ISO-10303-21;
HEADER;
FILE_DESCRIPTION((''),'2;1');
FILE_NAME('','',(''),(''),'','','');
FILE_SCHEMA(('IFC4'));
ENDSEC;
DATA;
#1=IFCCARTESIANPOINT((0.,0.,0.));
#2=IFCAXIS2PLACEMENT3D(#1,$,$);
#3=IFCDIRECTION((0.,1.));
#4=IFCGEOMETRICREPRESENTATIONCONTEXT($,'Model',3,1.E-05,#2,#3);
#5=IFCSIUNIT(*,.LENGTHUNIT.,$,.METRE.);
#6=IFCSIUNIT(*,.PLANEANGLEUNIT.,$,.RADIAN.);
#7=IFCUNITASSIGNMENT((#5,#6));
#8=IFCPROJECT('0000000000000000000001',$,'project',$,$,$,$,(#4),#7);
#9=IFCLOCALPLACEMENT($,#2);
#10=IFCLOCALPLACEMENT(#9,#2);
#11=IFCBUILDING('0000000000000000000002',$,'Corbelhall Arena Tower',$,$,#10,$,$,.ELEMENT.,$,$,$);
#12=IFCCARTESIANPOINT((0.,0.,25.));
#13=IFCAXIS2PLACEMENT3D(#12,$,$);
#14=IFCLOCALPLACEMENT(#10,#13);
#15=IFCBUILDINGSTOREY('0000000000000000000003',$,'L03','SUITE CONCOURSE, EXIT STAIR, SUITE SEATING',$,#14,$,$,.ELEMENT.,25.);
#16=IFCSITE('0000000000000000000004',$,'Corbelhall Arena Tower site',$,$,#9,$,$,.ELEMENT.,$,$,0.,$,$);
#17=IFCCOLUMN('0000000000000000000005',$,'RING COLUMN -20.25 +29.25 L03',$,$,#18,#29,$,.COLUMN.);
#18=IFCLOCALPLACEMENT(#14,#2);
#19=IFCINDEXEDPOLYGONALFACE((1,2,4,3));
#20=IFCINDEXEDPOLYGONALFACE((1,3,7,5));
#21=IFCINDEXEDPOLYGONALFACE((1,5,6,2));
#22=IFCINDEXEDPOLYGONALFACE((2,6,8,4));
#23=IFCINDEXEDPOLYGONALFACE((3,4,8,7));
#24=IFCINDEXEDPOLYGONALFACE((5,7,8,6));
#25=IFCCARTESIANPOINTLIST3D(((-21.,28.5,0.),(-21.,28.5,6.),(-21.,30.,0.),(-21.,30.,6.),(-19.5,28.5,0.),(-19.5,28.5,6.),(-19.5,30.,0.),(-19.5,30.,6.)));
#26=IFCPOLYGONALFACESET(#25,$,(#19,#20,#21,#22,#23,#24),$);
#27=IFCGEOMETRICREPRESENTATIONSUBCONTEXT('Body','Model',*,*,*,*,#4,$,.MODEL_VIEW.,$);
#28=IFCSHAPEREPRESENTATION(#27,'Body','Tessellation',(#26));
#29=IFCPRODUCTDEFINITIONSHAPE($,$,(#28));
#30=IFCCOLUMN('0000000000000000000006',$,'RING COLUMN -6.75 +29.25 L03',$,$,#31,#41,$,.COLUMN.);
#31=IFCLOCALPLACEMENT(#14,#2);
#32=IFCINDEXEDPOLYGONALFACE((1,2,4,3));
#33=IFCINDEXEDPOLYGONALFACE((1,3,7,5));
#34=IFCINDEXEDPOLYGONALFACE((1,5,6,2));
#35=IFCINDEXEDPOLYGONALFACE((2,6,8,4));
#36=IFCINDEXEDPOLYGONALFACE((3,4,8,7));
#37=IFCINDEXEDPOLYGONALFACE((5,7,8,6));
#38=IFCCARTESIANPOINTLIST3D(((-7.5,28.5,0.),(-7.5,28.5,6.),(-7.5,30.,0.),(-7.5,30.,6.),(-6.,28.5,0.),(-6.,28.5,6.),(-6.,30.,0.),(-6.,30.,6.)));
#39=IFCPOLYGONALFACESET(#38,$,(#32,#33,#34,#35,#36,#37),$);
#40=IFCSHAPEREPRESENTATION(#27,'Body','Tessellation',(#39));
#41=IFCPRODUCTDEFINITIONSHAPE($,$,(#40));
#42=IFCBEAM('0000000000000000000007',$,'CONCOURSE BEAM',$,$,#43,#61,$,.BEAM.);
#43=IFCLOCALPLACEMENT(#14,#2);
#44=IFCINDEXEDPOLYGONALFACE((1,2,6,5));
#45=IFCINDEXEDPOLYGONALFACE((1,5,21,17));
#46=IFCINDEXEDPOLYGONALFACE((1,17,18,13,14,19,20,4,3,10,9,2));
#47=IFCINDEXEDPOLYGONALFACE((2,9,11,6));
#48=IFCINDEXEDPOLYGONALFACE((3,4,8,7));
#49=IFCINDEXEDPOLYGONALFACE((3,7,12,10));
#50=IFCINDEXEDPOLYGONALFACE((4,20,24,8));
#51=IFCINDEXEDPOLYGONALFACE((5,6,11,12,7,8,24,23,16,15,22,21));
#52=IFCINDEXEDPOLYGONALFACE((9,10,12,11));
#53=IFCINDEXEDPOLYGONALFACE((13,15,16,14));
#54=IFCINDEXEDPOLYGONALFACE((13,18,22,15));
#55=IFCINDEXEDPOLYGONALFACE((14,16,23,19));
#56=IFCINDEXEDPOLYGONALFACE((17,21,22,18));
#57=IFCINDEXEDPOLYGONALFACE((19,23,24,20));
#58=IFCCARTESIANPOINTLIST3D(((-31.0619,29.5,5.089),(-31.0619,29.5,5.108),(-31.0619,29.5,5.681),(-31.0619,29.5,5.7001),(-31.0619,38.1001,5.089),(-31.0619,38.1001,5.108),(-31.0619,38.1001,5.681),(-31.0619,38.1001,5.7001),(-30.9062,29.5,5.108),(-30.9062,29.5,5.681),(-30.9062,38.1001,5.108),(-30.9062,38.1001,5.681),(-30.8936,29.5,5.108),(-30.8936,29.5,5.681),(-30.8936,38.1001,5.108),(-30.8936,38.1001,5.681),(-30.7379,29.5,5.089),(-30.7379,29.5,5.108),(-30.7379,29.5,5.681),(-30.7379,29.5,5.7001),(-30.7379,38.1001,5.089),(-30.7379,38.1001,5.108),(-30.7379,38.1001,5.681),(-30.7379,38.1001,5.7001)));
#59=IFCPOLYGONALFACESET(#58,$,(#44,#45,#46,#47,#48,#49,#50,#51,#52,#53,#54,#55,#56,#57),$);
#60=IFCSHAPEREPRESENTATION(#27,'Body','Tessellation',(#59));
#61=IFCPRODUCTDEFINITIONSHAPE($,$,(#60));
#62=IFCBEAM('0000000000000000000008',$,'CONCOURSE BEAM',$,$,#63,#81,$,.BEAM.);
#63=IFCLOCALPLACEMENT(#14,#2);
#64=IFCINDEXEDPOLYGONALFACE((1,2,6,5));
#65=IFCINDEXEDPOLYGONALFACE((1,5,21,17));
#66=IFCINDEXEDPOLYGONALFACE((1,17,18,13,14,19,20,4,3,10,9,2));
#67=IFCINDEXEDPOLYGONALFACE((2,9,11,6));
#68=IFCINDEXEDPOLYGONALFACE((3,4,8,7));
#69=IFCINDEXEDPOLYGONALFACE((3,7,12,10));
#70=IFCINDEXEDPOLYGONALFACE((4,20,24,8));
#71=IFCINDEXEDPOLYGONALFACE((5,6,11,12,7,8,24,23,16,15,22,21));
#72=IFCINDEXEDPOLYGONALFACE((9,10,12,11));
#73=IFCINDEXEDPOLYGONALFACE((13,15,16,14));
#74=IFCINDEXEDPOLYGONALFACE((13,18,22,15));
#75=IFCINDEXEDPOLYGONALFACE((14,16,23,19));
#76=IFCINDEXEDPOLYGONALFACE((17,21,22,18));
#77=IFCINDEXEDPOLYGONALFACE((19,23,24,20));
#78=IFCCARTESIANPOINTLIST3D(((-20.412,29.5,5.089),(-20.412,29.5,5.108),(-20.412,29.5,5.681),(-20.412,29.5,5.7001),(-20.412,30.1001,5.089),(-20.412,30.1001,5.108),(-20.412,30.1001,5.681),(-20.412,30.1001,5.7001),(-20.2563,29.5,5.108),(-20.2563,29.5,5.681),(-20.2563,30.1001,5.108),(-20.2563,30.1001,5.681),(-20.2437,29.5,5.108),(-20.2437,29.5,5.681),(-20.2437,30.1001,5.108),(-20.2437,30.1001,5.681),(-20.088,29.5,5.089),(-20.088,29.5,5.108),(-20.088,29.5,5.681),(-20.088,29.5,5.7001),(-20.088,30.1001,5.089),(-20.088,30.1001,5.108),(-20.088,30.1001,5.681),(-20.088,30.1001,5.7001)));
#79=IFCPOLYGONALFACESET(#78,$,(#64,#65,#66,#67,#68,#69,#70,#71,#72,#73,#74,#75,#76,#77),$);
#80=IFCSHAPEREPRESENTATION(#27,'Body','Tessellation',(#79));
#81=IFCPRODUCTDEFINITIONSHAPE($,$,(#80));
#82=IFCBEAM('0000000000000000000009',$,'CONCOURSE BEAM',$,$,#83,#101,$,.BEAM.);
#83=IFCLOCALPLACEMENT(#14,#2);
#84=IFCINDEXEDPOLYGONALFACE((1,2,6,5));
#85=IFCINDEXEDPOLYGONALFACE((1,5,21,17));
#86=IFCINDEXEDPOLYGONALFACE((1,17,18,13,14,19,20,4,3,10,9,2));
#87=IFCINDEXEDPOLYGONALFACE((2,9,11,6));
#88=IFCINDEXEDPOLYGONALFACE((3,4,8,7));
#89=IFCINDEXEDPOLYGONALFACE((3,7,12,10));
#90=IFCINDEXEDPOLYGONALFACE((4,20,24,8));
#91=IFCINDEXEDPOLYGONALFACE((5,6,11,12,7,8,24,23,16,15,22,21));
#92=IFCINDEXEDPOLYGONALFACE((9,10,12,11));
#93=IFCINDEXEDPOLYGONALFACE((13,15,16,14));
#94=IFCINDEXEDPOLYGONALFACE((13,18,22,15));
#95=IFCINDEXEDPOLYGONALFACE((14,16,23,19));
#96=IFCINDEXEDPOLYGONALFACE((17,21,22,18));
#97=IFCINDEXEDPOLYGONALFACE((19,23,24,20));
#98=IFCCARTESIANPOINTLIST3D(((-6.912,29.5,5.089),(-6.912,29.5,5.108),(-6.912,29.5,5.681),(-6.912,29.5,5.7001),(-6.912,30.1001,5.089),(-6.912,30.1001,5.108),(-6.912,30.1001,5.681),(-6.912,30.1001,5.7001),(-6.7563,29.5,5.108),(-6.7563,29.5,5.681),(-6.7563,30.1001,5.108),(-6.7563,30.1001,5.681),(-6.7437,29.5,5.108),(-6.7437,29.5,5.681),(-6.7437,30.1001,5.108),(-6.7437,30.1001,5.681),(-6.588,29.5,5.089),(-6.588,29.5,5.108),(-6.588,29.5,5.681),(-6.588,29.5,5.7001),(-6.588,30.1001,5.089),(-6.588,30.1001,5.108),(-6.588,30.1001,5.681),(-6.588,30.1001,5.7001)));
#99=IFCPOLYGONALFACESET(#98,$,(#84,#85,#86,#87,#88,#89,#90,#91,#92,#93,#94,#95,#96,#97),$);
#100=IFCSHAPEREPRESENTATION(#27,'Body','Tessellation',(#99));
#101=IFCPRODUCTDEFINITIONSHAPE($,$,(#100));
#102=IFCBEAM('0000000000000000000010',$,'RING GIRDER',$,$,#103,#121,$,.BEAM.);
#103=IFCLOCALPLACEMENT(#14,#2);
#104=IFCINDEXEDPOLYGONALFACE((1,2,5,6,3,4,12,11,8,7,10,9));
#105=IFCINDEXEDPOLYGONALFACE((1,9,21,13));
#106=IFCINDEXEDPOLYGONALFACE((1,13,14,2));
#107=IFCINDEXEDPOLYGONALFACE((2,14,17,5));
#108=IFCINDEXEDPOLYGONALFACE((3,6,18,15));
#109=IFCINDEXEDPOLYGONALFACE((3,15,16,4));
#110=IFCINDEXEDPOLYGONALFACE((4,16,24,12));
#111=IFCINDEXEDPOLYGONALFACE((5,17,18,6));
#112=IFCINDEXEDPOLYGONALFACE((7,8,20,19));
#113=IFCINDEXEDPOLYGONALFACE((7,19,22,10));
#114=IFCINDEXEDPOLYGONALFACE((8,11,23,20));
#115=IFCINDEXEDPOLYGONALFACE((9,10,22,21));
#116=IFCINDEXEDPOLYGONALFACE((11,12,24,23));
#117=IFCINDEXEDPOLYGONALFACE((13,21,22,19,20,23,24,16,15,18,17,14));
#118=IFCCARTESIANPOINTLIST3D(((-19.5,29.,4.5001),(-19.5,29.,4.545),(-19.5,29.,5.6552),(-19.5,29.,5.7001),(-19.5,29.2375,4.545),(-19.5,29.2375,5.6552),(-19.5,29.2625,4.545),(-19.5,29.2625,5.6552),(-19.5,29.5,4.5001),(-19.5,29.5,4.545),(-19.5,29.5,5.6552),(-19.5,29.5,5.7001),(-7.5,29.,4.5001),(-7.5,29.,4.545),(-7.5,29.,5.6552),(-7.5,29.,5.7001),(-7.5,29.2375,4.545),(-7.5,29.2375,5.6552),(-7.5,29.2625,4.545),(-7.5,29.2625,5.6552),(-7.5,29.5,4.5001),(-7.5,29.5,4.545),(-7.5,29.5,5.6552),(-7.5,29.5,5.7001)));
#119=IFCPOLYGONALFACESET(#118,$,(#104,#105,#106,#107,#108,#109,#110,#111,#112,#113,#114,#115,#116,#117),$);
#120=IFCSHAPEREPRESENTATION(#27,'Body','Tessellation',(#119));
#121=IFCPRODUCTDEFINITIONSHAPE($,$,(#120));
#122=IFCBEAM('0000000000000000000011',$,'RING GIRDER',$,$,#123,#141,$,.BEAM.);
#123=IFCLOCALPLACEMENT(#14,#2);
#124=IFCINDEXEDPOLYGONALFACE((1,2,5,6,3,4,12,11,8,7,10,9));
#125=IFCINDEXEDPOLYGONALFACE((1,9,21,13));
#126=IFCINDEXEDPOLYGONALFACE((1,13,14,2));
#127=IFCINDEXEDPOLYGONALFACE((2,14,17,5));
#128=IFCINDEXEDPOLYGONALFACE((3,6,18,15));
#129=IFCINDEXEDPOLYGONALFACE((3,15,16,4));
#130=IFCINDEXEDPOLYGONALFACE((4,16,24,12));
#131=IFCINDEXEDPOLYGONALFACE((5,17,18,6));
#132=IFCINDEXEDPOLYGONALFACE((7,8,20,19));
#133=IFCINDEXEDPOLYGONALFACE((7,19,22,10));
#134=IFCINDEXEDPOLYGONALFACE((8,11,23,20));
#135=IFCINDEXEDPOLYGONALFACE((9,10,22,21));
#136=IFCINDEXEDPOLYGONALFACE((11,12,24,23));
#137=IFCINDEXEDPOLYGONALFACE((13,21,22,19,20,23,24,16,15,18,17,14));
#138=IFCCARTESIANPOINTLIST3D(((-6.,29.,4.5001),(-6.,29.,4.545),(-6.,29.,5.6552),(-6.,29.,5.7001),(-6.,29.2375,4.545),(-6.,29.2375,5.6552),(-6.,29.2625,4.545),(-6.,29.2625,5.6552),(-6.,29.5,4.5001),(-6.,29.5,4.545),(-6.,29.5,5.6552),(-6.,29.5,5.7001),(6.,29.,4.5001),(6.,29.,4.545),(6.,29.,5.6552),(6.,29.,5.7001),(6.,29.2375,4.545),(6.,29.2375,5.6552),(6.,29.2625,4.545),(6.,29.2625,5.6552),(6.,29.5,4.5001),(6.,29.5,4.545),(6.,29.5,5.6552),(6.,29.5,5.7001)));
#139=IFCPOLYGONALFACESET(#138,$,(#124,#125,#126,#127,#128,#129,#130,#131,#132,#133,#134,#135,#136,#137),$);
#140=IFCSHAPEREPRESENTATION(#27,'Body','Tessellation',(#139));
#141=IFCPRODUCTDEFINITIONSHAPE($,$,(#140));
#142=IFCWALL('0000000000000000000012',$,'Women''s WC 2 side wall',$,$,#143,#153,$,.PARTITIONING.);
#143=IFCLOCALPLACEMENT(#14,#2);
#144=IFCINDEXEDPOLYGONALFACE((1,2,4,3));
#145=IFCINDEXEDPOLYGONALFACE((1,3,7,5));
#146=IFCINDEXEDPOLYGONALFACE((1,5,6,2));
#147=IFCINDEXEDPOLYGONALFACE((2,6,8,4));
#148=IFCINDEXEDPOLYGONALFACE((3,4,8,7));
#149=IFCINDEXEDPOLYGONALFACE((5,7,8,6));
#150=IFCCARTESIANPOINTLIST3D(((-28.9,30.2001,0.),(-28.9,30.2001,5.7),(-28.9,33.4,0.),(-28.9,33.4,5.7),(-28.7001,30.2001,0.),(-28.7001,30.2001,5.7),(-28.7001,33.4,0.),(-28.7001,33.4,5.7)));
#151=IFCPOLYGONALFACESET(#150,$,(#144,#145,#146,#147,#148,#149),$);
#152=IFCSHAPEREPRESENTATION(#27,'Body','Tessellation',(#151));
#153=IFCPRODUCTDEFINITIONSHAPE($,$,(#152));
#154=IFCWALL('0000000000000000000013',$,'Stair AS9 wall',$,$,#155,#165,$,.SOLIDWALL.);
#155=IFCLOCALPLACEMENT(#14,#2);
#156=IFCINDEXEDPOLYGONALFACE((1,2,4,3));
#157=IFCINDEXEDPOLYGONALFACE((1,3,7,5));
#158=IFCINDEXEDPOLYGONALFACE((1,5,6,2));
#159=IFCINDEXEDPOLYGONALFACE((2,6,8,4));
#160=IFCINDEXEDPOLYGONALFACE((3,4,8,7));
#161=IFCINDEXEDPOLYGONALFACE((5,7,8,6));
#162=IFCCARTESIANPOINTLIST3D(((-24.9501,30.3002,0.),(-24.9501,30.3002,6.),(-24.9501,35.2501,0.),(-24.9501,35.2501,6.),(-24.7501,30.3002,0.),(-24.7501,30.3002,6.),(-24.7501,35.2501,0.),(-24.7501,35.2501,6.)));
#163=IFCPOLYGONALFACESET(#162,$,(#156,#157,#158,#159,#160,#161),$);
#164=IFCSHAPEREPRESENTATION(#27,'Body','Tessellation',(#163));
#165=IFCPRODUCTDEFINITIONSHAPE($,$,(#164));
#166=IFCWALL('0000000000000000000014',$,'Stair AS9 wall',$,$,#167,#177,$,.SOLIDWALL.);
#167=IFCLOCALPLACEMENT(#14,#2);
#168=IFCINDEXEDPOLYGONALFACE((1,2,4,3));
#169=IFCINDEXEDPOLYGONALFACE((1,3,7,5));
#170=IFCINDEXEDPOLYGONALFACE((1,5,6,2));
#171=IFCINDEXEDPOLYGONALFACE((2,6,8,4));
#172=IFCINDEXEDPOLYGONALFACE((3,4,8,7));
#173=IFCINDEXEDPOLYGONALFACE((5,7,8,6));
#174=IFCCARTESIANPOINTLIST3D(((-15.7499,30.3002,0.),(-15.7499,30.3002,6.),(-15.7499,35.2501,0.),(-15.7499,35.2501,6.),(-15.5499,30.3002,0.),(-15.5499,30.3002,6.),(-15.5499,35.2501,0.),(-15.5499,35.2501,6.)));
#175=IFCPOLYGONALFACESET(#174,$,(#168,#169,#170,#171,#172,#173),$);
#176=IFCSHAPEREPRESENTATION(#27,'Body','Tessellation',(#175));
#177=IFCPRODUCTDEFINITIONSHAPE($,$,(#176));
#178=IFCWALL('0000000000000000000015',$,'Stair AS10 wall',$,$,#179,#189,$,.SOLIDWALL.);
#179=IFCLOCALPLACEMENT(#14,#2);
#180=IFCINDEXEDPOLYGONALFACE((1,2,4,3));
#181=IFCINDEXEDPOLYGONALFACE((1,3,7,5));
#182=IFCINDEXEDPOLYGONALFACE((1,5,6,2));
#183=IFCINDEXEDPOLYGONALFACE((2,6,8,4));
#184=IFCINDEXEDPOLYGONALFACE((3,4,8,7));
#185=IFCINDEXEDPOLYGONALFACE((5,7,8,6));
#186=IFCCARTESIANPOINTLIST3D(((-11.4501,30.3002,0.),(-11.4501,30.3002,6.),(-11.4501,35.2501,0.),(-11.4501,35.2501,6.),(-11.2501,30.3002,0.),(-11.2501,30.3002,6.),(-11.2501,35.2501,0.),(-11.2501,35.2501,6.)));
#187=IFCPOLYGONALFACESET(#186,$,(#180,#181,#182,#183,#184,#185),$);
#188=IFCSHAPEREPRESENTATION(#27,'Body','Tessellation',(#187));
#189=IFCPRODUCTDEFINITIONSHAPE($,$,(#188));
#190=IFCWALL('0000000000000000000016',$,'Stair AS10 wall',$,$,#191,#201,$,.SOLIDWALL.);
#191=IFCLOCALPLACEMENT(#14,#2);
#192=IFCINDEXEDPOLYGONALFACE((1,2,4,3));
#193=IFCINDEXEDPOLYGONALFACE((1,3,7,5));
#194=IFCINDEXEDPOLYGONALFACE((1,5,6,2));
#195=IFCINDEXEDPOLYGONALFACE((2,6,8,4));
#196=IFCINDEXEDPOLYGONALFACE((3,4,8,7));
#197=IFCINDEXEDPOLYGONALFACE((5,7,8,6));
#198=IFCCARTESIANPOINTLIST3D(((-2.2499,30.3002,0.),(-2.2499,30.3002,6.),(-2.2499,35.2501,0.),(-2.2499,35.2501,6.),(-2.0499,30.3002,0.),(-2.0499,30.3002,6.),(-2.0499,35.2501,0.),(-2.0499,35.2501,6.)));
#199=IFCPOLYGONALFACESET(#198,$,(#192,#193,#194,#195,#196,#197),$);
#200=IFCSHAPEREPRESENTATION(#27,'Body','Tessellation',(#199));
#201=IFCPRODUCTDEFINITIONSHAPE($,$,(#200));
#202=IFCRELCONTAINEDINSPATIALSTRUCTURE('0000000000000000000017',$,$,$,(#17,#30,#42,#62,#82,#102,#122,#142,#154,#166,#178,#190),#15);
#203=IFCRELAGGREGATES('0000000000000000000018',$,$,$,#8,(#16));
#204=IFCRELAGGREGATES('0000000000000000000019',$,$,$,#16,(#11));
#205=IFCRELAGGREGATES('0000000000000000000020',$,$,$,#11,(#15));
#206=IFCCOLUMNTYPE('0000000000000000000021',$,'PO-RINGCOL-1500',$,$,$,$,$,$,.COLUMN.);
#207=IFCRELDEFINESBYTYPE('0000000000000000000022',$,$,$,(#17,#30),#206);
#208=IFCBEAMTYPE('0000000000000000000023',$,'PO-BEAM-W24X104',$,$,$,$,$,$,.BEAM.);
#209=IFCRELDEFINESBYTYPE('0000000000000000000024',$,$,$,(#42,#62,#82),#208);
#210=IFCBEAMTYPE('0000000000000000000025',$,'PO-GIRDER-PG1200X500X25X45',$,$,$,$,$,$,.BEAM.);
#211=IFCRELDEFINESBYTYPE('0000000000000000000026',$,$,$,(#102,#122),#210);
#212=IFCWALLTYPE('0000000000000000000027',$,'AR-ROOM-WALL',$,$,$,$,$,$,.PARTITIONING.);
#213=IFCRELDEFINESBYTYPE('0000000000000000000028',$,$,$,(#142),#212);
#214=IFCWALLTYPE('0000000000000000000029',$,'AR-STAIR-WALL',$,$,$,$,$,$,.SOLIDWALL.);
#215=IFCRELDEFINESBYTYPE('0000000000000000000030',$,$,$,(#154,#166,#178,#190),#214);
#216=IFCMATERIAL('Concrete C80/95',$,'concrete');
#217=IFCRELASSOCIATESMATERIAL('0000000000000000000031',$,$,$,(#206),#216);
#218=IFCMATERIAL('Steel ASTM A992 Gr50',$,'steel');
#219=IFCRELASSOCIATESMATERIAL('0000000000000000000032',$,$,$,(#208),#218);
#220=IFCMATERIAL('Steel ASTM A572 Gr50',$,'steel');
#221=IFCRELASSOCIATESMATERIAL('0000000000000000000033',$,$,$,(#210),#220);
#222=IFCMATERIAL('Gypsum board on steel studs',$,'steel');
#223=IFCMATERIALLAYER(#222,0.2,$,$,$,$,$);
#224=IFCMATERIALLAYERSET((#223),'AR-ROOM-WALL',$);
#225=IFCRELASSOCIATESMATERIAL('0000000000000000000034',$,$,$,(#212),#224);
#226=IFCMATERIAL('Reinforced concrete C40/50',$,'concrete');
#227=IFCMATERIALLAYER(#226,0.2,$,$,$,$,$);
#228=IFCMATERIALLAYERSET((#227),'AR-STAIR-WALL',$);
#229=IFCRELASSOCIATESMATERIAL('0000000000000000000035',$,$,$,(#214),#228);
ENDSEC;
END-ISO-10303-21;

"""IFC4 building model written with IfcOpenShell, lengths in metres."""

from ifc_helpers import new_model, si_unit, direction, frame, frame_2d, origin, origin_2d, place, context, subcontext, project, spatial, rectangle, i_section, extrude, material, layer, layer_set, material_profile, profile_set, type_object, element, save


model = new_model("IFC4")

# Units and contexts
model_context = context("Model", 3, precision=1e-05, world=origin(), true_north=direction((0.0, 1.0)))
body_context = subcontext(model_context, "Body", "Model", "MODEL_VIEW")
ifc_project = project(units=[si_unit("LENGTHUNIT", "METRE"), si_unit("PLANEANGLEUNIT", "RADIAN")], contexts=[model_context])

# Site, building, storey
site_placement = place(None, origin())
site = spatial("IfcSite", under=ifc_project, at=site_placement, Name="Corbelhall Arena Tower site", CompositionType="ELEMENT", RefElevation=0.0)
building_placement = place(site_placement, origin())
building = spatial("IfcBuilding", under=site, at=building_placement, Name="Corbelhall Arena Tower", CompositionType="ELEMENT")
storey_placement = place(building_placement, frame((0.0, 0.0, 25.0)))
storey = spatial("IfcBuildingStorey", under=building, at=storey_placement, Name="L03", Description="SUITE CONCOURSE, EXIT STAIR, SUITE SEATING", CompositionType="ELEMENT", Elevation=25.0)

# Columns
ifc_material_1 = material(Name="Concrete C80/95", Category="concrete")
ifc_material_profile_1 = material_profile(ifc_material_1, rectangle(XDim=1.5, YDim=1.5, at=origin_2d()))
ifc_profile_set_1 = profile_set([ifc_material_profile_1], Name="Concrete C80/95")
column_type = type_object("IfcColumnType", Name="PO-RINGCOL-1500", PredefinedType="COLUMN", material=ifc_profile_set_1)
for number, where, z_axis, x_axis, name in (
    (1, (-20.25, 29.25, 0.0), (0.0, 0.0, 1.0), (1.0, 0.0, 0.0), "RING COLUMN -20.25 +29.25 L03"),
    (2, (-6.75, 29.25, 0.0), (0.0, 0.0, 1.0), (1.0, 0.0, 0.0), "RING COLUMN -6.75 +29.25 L03"),
):
    element("IfcColumn", number, at=place(storey_placement, frame(where, z_axis=z_axis, x_axis=x_axis)), inside=storey, type_object=column_type, Name=name, PredefinedType="COLUMN", context=body_context, shape_type="SweptSolid", body=[
        extrude(rectangle(XDim=1.5, YDim=1.5, at=origin_2d()), origin(), (0.0, 0.0, 1.0), 6.0),
    ])

# Beams
ifc_material_2 = material(Name="Steel ASTM A992 Gr50", Category="steel")
ifc_material_profile_2 = material_profile(ifc_material_2, i_section(OverallWidth=0.324, OverallDepth=0.6111, WebThickness=0.0127, FlangeThickness=0.019, at=origin_2d()))
ifc_profile_set_2 = profile_set([ifc_material_profile_2], Name="Steel ASTM A992 Gr50")
beam_type_1 = type_object("IfcBeamType", Name="PO-BEAM-W24X104", PredefinedType="BEAM", material=ifc_profile_set_2)
beam_placement = place(storey_placement, frame((-30.8999, 29.5, 5.3945), z_axis=(0.0, 1.0, 0.0), x_axis=(-1.0, 0.0, 0.0)))
element("IfcBeam", 3, at=beam_placement, inside=storey, type_object=beam_type_1, Name="CONCOURSE BEAM", PredefinedType="BEAM", context=body_context, shape_type="SweptSolid", body=[
    extrude(i_section(OverallWidth=0.324, OverallDepth=0.6111, WebThickness=0.0127, FlangeThickness=0.019, at=origin_2d()), origin(), (0.0, 0.0, 1.0), 8.6001),
])
for number, where, z_axis, x_axis, name in (
    (4, (-20.25, 29.5, 5.3945), (0.0, 1.0, 0.0), (-1.0, 0.0, 0.0), "CONCOURSE BEAM"),
    (5, (-6.75, 29.5, 5.3945), (0.0, 1.0, 0.0), (-1.0, 0.0, 0.0), "CONCOURSE BEAM"),
):
    element("IfcBeam", number, at=place(storey_placement, frame(where, z_axis=z_axis, x_axis=x_axis)), inside=storey, type_object=beam_type_1, Name=name, PredefinedType="BEAM", context=body_context, shape_type="SweptSolid", body=[
        extrude(i_section(OverallWidth=0.324, OverallDepth=0.6111, WebThickness=0.0127, FlangeThickness=0.019, at=origin_2d()), origin(), (0.0, 0.0, 1.0), 0.6001),
    ])
ifc_material_3 = material(Name="Steel ASTM A572 Gr50", Category="steel")
ifc_material_profile_3 = material_profile(ifc_material_3, i_section(OverallWidth=0.5, OverallDepth=1.2, WebThickness=0.0249, FlangeThickness=0.0449, at=origin_2d()))
ifc_profile_set_3 = profile_set([ifc_material_profile_3], Name="Steel ASTM A572 Gr50")
beam_type_2 = type_object("IfcBeamType", Name="PO-GIRDER-PG1200X500X25X45", PredefinedType="BEAM", material=ifc_profile_set_3)
for number, where, z_axis, x_axis, name in (
    (6, (-19.5, 29.25, 5.1001), (1.0, 0.0, 0.0), (0.0, 1.0, 0.0), "RING GIRDER"),
    (7, (-6.0, 29.25, 5.1001), (1.0, 0.0, 0.0), (0.0, 1.0, 0.0), "RING GIRDER"),
):
    element("IfcBeam", number, at=place(storey_placement, frame(where, z_axis=z_axis, x_axis=x_axis)), inside=storey, type_object=beam_type_2, Name=name, PredefinedType="BEAM", context=body_context, shape_type="SweptSolid", body=[
        extrude(i_section(OverallWidth=0.5, OverallDepth=1.2, WebThickness=0.0249, FlangeThickness=0.0449, at=origin_2d()), origin(), (0.0, 0.0, 1.0), 12.0),
    ])

# Wall
ifc_material_4 = material(Name="Gypsum board on steel studs", Category="steel")
ifc_layer_1 = layer(ifc_material_4, 0.2)
ifc_layer_set_1 = layer_set([ifc_layer_1], Name="AR-ROOM-WALL")
wall_type_1 = type_object("IfcWallType", Name="AR-ROOM-WALL", PredefinedType="PARTITIONING", material=ifc_layer_set_1)
wall_1_placement = place(storey_placement, frame((-28.8, 30.2, 0.0), z_axis=(0.0, 0.0, 1.0), x_axis=(0.0, 1.0, 0.0)))
element("IfcWall", 8, at=wall_1_placement, inside=storey, type_object=wall_type_1, Name="Women's WC 2 side wall", PredefinedType="PARTITIONING", context=body_context, shape_type="SweptSolid", body=[
    extrude(rectangle(XDim=3.2, YDim=0.2, at=frame_2d((1.6001, 0.0))), origin(), (0.0, 0.0, 1.0), 5.7),
])

# Shared definitions
ifc_material_5 = material(Name="Reinforced concrete C40/50", Category="concrete")
ifc_layer_2 = layer(ifc_material_5, 0.2)
ifc_layer_set_2 = layer_set([ifc_layer_2], Name="AR-STAIR-WALL")
wall_type_2 = type_object("IfcWallType", Name="AR-STAIR-WALL", PredefinedType="SOLIDWALL", material=ifc_layer_set_2)

# Walls
for number, where, z_axis, x_axis, name in (
    (9, (-24.8501, 30.3, 0.0), (0.0, 0.0, 1.0), (0.0, 1.0, 0.0), "Stair AS9 wall"),
    (10, (-15.6499, 30.3, 0.0), (0.0, 0.0, 1.0), (0.0, 1.0, 0.0), "Stair AS9 wall"),
):
    element("IfcWall", number, at=place(storey_placement, frame(where, z_axis=z_axis, x_axis=x_axis)), inside=storey, type_object=wall_type_2, Name=name, PredefinedType="SOLIDWALL", context=body_context, shape_type="SweptSolid", body=[
        extrude(rectangle(XDim=4.95, YDim=0.2, at=frame_2d((2.4751, 0.0))), origin(), (0.0, 0.0, 1.0), 6.0),
    ])

# Walls
for number, where, z_axis, x_axis, name in (
    (11, (-11.3501, 30.3, 0.0), (0.0, 0.0, 1.0), (0.0, 1.0, 0.0), "Stair AS10 wall"),
    (12, (-2.1499, 30.3, 0.0), (0.0, 0.0, 1.0), (0.0, 1.0, 0.0), "Stair AS10 wall"),
):
    element("IfcWall", number, at=place(storey_placement, frame(where, z_axis=z_axis, x_axis=x_axis)), inside=storey, type_object=wall_type_2, Name=name, PredefinedType="SOLIDWALL", context=body_context, shape_type="SweptSolid", body=[
        extrude(rectangle(XDim=4.95, YDim=0.2, at=frame_2d((2.4751, 0.0))), origin(), (0.0, 0.0, 1.0), 6.0),
    ])

save(model, "model.ifc")
